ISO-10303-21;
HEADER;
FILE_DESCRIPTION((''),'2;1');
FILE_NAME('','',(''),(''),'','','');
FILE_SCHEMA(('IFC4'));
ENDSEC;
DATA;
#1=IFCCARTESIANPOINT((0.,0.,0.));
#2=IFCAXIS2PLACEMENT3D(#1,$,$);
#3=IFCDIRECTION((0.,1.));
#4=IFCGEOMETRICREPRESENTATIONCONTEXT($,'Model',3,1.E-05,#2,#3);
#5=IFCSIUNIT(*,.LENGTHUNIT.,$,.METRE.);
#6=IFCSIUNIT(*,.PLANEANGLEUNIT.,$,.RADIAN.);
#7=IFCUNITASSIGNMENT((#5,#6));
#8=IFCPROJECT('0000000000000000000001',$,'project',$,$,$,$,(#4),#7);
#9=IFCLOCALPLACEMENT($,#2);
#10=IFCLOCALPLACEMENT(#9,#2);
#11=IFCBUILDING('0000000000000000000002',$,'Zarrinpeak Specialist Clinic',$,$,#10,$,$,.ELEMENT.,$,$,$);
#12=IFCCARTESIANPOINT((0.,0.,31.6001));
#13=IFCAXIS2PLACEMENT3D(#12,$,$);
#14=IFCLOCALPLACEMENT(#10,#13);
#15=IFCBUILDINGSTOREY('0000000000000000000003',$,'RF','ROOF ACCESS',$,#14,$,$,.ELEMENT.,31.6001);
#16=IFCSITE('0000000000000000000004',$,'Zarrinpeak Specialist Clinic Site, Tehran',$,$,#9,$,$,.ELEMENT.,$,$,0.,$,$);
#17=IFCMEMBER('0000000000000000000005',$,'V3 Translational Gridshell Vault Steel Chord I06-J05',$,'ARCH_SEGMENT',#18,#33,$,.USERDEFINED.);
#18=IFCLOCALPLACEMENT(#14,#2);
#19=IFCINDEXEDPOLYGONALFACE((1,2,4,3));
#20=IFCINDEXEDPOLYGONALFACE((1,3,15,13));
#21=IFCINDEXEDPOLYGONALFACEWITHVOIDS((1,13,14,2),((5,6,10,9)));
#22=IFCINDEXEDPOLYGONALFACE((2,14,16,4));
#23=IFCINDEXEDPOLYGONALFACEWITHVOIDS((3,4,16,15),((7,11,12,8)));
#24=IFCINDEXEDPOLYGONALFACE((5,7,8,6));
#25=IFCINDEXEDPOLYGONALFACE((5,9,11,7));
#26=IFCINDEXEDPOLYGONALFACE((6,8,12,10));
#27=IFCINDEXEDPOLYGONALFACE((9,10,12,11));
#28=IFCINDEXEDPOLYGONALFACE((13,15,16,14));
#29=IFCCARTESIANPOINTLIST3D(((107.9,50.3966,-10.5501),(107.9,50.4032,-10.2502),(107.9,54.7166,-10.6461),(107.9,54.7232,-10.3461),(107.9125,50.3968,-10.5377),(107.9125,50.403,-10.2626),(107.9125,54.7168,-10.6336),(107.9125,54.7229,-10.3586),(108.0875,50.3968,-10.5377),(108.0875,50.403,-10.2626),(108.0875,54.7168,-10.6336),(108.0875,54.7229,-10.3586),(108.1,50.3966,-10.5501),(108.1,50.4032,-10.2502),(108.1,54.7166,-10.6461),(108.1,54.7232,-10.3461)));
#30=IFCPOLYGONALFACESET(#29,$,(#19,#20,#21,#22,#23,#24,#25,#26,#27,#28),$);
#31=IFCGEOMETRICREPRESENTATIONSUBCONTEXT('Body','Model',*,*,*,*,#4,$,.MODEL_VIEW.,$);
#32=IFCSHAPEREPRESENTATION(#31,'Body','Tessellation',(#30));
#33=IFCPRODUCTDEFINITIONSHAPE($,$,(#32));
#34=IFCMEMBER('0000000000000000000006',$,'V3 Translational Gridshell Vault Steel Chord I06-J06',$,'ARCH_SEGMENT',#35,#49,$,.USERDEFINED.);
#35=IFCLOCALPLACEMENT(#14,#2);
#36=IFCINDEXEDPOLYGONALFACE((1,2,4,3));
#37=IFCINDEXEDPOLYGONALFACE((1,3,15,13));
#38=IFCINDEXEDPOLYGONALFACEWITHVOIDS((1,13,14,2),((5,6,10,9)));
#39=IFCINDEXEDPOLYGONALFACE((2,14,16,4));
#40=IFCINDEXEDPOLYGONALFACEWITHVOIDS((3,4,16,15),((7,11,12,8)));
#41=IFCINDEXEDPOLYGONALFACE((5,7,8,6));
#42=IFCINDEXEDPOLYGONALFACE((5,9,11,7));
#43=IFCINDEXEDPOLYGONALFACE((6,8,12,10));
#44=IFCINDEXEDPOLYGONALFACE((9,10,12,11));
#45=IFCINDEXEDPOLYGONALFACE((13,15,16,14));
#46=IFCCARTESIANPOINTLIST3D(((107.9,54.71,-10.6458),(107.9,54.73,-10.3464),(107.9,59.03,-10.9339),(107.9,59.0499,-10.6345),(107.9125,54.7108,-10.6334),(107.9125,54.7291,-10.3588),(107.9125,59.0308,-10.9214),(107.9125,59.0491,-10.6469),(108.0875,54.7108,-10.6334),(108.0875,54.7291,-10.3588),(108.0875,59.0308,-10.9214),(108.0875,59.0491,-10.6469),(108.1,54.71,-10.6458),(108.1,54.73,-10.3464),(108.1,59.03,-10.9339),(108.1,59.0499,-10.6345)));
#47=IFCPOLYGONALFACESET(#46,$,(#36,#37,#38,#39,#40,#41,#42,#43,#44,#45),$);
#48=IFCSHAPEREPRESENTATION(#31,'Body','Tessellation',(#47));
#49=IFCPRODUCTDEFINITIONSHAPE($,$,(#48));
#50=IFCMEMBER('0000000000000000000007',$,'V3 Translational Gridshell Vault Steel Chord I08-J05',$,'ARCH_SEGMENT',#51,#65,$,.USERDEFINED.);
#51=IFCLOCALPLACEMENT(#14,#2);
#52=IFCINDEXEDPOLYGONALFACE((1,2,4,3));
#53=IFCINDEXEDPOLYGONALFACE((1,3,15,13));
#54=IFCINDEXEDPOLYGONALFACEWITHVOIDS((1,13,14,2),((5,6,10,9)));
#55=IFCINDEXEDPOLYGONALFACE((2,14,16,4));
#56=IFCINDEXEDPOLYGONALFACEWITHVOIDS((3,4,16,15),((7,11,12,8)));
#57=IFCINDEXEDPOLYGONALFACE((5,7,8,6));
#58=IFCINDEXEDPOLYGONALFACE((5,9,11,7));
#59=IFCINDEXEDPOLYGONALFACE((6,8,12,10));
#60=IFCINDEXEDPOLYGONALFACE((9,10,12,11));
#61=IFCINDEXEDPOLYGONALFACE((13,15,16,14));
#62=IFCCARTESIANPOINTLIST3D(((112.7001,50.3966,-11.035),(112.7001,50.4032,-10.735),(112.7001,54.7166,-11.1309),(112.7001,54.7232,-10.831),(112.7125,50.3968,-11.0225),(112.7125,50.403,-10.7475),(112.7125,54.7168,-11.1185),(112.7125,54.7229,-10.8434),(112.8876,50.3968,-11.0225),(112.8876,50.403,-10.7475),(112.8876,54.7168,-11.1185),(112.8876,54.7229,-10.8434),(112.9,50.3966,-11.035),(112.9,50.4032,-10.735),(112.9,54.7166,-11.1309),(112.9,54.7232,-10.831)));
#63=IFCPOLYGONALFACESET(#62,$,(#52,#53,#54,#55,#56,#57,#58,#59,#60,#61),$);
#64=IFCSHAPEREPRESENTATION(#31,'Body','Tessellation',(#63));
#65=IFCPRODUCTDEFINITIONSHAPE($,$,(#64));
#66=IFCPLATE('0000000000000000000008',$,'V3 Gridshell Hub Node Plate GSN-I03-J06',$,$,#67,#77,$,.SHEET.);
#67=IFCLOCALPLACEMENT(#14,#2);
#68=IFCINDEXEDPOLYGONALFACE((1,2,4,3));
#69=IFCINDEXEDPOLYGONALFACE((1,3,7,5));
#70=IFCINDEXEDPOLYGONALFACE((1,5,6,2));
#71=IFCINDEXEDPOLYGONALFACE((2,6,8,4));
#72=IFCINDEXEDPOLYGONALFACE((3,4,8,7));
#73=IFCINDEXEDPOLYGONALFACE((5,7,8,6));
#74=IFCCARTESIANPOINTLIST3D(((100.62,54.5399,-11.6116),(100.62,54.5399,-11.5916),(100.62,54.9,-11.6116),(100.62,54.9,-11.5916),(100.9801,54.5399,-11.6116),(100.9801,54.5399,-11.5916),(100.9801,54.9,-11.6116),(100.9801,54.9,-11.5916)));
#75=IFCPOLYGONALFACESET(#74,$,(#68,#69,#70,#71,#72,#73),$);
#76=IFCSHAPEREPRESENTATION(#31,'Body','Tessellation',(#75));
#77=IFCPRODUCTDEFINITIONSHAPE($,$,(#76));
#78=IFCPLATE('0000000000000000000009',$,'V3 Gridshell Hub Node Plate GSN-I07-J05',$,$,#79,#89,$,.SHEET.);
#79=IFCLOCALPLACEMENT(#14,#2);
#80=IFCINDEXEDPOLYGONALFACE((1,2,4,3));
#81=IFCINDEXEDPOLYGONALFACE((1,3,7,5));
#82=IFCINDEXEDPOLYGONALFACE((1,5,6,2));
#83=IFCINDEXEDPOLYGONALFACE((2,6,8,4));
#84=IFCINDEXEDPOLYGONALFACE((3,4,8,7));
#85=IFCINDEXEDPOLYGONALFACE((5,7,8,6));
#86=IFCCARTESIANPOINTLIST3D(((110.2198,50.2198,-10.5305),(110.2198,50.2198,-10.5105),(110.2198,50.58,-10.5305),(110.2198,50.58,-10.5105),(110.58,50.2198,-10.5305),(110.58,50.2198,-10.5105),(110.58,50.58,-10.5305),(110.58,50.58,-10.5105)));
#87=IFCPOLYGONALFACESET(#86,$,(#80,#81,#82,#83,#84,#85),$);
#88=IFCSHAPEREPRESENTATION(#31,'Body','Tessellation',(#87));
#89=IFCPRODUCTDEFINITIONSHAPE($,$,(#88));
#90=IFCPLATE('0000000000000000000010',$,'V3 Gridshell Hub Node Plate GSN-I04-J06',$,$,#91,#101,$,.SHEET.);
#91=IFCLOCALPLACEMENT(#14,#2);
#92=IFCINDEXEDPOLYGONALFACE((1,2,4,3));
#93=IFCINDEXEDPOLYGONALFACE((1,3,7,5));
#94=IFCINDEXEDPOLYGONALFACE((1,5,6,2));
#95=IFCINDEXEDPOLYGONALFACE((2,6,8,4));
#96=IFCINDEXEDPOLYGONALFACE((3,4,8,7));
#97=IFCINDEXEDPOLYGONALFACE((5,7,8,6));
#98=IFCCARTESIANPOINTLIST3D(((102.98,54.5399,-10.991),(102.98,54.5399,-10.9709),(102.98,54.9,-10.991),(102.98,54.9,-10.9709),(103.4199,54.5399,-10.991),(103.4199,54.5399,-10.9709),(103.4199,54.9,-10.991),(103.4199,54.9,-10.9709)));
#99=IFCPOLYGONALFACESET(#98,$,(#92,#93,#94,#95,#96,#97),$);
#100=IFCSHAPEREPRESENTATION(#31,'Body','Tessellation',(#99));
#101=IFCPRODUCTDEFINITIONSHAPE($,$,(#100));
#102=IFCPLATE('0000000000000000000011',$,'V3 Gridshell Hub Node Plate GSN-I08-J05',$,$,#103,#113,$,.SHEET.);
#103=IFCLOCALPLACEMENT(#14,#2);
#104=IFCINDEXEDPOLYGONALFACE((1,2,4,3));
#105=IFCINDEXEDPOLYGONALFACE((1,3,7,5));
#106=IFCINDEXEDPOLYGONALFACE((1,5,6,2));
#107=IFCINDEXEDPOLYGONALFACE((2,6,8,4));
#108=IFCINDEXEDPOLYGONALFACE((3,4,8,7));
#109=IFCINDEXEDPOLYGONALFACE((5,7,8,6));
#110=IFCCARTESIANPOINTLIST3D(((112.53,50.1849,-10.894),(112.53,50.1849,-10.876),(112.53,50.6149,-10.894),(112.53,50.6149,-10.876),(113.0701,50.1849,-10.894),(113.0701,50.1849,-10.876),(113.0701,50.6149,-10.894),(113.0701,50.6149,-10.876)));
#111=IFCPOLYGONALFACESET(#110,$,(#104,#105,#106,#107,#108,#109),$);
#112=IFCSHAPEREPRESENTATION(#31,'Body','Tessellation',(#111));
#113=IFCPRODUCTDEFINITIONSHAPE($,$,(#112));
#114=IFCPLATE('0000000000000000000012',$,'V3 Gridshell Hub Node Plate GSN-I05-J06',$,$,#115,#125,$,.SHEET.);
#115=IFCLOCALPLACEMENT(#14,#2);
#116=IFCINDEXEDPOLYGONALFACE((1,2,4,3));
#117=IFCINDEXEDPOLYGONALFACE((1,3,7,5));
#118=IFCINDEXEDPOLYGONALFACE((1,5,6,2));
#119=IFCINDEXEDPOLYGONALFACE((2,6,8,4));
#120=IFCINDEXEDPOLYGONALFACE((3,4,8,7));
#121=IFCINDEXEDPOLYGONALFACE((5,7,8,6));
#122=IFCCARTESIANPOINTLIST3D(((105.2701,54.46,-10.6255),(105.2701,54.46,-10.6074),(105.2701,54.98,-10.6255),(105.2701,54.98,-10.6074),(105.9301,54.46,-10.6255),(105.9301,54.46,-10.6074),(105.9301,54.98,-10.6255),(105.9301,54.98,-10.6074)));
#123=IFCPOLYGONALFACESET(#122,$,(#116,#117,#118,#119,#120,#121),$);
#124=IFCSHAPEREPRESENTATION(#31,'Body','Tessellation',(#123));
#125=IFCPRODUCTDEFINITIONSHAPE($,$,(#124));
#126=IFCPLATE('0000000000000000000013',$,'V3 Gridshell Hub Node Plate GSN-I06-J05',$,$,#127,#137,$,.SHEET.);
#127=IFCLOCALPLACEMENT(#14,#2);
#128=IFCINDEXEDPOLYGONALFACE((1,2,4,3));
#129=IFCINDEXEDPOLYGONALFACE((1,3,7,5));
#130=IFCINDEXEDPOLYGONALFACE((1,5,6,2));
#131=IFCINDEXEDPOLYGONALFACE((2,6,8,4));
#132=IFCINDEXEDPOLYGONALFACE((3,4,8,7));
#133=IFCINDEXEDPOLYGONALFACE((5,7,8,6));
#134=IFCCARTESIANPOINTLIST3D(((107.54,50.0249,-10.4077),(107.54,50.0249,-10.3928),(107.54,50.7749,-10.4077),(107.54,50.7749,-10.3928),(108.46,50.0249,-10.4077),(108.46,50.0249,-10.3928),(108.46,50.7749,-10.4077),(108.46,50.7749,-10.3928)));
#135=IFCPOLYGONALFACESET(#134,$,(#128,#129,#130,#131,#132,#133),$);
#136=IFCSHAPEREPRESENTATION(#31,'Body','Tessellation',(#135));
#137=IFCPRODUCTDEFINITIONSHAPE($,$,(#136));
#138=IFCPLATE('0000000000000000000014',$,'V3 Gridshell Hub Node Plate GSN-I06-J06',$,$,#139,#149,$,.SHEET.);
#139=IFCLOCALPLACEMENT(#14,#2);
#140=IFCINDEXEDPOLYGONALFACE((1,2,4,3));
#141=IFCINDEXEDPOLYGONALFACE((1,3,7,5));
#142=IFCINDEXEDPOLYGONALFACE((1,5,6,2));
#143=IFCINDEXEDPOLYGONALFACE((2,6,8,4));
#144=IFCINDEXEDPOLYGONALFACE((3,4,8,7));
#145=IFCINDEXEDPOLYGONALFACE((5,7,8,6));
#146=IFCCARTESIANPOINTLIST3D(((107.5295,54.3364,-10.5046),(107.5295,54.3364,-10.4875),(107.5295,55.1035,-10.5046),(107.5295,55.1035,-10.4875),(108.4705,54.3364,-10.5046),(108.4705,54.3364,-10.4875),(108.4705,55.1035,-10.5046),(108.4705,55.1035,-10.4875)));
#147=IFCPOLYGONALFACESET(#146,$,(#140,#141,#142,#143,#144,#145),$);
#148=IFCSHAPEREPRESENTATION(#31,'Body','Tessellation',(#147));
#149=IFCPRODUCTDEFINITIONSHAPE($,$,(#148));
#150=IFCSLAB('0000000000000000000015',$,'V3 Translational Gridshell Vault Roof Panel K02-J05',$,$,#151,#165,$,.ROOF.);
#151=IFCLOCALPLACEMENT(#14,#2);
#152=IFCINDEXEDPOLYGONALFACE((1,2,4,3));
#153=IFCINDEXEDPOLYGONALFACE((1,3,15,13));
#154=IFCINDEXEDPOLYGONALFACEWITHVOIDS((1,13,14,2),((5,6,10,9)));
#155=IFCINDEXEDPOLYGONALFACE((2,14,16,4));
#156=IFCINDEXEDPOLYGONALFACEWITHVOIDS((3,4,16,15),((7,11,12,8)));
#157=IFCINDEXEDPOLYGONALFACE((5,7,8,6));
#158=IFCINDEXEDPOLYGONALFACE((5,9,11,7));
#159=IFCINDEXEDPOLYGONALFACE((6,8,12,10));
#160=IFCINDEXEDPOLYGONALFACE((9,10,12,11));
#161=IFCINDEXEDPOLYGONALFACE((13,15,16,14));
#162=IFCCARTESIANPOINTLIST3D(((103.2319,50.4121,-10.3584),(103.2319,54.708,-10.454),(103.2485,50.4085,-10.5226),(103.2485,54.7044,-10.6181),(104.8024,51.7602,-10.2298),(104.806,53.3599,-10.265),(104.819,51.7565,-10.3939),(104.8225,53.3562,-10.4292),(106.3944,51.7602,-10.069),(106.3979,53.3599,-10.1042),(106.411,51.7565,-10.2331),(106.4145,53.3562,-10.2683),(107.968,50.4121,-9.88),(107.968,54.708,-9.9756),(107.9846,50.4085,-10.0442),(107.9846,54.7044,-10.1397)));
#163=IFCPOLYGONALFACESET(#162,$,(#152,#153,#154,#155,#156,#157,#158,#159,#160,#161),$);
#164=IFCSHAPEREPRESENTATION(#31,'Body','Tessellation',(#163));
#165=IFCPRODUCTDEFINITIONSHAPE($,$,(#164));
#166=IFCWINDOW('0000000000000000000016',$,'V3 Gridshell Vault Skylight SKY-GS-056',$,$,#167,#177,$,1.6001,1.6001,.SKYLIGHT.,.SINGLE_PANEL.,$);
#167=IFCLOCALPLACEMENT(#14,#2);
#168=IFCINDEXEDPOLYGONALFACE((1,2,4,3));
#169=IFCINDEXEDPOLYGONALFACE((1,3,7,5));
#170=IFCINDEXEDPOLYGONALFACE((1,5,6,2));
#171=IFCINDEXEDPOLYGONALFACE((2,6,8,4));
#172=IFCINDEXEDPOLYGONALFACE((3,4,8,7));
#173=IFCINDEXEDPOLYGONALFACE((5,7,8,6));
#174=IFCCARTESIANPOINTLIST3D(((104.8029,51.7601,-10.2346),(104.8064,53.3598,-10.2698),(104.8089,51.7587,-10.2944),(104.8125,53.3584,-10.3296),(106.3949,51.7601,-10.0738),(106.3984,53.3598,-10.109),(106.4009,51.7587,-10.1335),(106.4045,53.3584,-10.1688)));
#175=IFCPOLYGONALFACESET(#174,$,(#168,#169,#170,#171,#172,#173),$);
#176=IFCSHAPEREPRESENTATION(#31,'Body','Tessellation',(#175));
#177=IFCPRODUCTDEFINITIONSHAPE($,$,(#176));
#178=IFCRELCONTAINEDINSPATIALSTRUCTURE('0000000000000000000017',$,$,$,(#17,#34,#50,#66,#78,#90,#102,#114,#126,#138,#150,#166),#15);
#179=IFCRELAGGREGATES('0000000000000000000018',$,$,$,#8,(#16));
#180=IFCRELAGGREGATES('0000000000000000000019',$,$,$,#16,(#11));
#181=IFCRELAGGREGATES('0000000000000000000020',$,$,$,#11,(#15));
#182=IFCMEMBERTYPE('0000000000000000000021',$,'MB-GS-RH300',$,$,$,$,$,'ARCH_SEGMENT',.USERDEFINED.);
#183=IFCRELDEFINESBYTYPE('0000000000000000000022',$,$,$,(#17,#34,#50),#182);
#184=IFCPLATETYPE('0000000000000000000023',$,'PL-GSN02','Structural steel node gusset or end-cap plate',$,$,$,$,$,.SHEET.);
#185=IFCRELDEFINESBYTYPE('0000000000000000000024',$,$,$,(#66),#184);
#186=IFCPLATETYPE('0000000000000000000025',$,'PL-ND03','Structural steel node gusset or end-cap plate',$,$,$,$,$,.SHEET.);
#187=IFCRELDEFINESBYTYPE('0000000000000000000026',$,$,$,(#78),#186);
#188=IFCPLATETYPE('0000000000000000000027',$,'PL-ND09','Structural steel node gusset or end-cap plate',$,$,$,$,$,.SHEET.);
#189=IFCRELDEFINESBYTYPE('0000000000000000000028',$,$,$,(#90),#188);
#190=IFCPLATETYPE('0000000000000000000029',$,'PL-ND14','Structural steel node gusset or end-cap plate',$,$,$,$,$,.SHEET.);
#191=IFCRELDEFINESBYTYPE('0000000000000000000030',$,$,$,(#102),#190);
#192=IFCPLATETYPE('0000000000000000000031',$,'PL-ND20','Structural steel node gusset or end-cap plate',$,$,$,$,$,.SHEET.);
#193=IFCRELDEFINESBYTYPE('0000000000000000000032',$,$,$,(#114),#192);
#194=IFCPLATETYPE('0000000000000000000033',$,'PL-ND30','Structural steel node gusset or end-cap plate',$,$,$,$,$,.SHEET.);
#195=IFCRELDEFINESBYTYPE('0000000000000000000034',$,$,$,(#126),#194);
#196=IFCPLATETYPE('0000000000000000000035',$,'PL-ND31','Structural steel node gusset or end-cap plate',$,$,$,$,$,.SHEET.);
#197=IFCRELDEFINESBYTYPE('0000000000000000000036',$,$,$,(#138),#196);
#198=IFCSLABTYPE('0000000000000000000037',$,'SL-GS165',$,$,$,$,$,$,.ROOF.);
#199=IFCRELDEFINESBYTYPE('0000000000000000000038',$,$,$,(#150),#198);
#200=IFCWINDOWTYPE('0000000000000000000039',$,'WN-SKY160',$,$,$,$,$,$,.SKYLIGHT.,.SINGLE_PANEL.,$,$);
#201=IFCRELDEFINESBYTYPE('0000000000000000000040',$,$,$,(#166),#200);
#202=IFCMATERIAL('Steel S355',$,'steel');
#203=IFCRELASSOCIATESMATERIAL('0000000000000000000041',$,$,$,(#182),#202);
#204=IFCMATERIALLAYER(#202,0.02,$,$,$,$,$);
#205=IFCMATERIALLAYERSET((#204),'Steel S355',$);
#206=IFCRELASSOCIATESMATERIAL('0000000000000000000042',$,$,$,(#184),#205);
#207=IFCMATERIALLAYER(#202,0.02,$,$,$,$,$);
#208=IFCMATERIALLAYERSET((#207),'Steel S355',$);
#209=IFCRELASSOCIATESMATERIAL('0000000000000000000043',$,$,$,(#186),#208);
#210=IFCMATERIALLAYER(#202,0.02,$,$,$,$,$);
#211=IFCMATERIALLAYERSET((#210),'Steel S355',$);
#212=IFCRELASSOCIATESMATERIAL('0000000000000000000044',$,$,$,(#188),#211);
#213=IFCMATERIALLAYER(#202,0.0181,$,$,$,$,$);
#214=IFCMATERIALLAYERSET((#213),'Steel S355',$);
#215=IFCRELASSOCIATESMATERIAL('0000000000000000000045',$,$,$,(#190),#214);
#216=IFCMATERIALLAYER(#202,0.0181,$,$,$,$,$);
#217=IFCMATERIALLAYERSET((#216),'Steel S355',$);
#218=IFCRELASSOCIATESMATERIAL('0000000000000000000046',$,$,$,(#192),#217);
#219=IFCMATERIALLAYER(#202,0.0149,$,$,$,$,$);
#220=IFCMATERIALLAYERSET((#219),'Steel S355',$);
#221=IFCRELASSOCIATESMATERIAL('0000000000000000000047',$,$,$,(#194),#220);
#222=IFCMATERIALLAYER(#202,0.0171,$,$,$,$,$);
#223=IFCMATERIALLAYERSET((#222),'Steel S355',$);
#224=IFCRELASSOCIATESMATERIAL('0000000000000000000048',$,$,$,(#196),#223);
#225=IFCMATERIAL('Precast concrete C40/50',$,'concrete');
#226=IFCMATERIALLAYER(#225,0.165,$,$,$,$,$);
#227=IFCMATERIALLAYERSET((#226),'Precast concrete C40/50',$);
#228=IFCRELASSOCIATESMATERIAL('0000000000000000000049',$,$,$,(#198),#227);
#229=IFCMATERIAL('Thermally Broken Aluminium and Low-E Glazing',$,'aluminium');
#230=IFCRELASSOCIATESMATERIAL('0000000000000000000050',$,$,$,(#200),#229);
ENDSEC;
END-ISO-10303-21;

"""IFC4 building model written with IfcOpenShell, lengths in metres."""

from ifc_helpers import new_model, si_unit, direction, frame, origin, origin_2d, place, context, subcontext, project, spatial, polyline, rectangle, hollow_rectangle, outline, extrude, material, layer, layer_set, material_profile, profile_set, type_object, element, fill, save


model = new_model("IFC4")

# Units and contexts
model_context = context("Model", 3, precision=1e-05, world=origin(), true_north=direction((0.0, 1.0)))
body_context = subcontext(model_context, "Body", "Model", "MODEL_VIEW")
ifc_project = project(units=[si_unit("LENGTHUNIT", "METRE"), si_unit("PLANEANGLEUNIT", "RADIAN")], contexts=[model_context])

# Site, building, storey
site_placement = place(None, origin())
site = spatial("IfcSite", under=ifc_project, at=site_placement, Name="Zarrinpeak Specialist Clinic Site, Tehran", CompositionType="ELEMENT", RefElevation=0.0)
building_placement = place(site_placement, origin())
building = spatial("IfcBuilding", under=site, at=building_placement, Name="Zarrinpeak Specialist Clinic", CompositionType="ELEMENT")
storey_placement = place(building_placement, frame((0.0, 0.0, 31.6001)))
storey = spatial("IfcBuildingStorey", under=building, at=storey_placement, Name="RF", Description="ROOF ACCESS", CompositionType="ELEMENT", Elevation=31.6001)

# Members
ifc_material_1 = material(Name="Steel S355", Category="steel")
ifc_material_profile_1 = material_profile(ifc_material_1, hollow_rectangle(XDim=0.2, YDim=0.3, WallThickness=0.0125, at=origin_2d()), Name="RHS 300x200x12.5")
ifc_profile_set_1 = profile_set([ifc_material_profile_1], Name="Steel S355")
member_type_1 = type_object("IfcMemberType", Name="MB-GS-RH300", ElementType="ARCH_SEGMENT", PredefinedType="USERDEFINED", material=ifc_profile_set_1)
member_1_placement = place(storey_placement, frame((108.0, 50.3999, -10.4001), z_axis=(0.0, 0.999753, -0.022204), x_axis=(-1.0, 0.0, 0.0)))
element("IfcMember", 1, at=member_1_placement, inside=storey, type_object=member_type_1, Name="V3 Translational Gridshell Vault Steel Chord I06-J05", ObjectType="ARCH_SEGMENT", PredefinedType="USERDEFINED", context=body_context, shape_type="SweptSolid", body=[
    extrude(hollow_rectangle(XDim=0.2, YDim=0.3, WallThickness=0.0125, at=origin_2d()), origin(), (0.0, 0.0, 1.0), 4.321),
])
member_2_placement = place(storey_placement, frame((108.0, 54.72, -10.4961), z_axis=(0.0, 0.997784, -0.066538), x_axis=(-1.0, 0.0, 0.0)))
element("IfcMember", 2, at=member_2_placement, inside=storey, type_object=member_type_1, Name="V3 Translational Gridshell Vault Steel Chord I06-J06", ObjectType="ARCH_SEGMENT", PredefinedType="USERDEFINED", context=body_context, shape_type="SweptSolid", body=[
    extrude(hollow_rectangle(XDim=0.2, YDim=0.3, WallThickness=0.0125, at=origin_2d()), origin(), (0.0, 0.0, 1.0), 4.3296),
])
member_3_placement = place(storey_placement, frame((112.8, 50.3999, -10.885), z_axis=(0.0, 0.999753, -0.022204), x_axis=(-1.0, 0.0, 0.0)))
element("IfcMember", 3, at=member_3_placement, inside=storey, type_object=member_type_1, Name="V3 Translational Gridshell Vault Steel Chord I08-J05", ObjectType="ARCH_SEGMENT", PredefinedType="USERDEFINED", context=body_context, shape_type="SweptSolid", body=[
    extrude(hollow_rectangle(XDim=0.2, YDim=0.3, WallThickness=0.0125, at=origin_2d()), origin(), (0.0, 0.0, 1.0), 4.321),
])

# Plates
ifc_layer_1 = layer(ifc_material_1, 0.02)
ifc_layer_set_1 = layer_set([ifc_layer_1], Name="Steel S355")
plate_type_1 = type_object("IfcPlateType", Name="PL-GSN02", Description="Structural steel node gusset or end-cap plate", PredefinedType="SHEET", material=ifc_layer_set_1)
plate_1_placement = place(storey_placement, frame((100.8, 54.72, -11.6116), z_axis=(0.0, 0.0, 1.0), x_axis=(1.0, 0.0, 0.0)))
element("IfcPlate", 4, at=plate_1_placement, inside=storey, type_object=plate_type_1, Name="V3 Gridshell Hub Node Plate GSN-I03-J06", PredefinedType="SHEET", context=body_context, shape_type="SweptSolid", body=[
    extrude(rectangle(XDim=0.3601, YDim=0.3601, at=origin_2d()), origin(), (0.0, 0.0, 1.0), 0.02),
])
ifc_layer_2 = layer(ifc_material_1, 0.02)
ifc_layer_set_2 = layer_set([ifc_layer_2], Name="Steel S355")
plate_type_2 = type_object("IfcPlateType", Name="PL-ND03", Description="Structural steel node gusset or end-cap plate", PredefinedType="SHEET", material=ifc_layer_set_2)
plate_2_placement = place(storey_placement, frame((110.3999, 50.3999, -10.5305), z_axis=(0.0, 0.0, 1.0), x_axis=(1.0, 0.0, 0.0)))
element("IfcPlate", 5, at=plate_2_placement, inside=storey, type_object=plate_type_2, Name="V3 Gridshell Hub Node Plate GSN-I07-J05", PredefinedType="SHEET", context=body_context, shape_type="SweptSolid", body=[
    extrude(rectangle(XDim=0.3601, YDim=0.3601, at=origin_2d()), origin(), (0.0, 0.0, 1.0), 0.02),
])
ifc_layer_3 = layer(ifc_material_1, 0.02)
ifc_layer_set_3 = layer_set([ifc_layer_3], Name="Steel S355")
plate_type_3 = type_object("IfcPlateType", Name="PL-ND09", Description="Structural steel node gusset or end-cap plate", PredefinedType="SHEET", material=ifc_layer_set_3)
plate_3_placement = place(storey_placement, frame((103.2, 54.72, -10.991), z_axis=(0.0, 0.0, 1.0), x_axis=(1.0, 0.0, 0.0)))
element("IfcPlate", 6, at=plate_3_placement, inside=storey, type_object=plate_type_3, Name="V3 Gridshell Hub Node Plate GSN-I04-J06", PredefinedType="SHEET", context=body_context, shape_type="SweptSolid", body=[
    extrude(rectangle(XDim=0.4399, YDim=0.3601, at=origin_2d()), origin(), (0.0, 0.0, 1.0), 0.02),
])
ifc_layer_4 = layer(ifc_material_1, 0.0181)
ifc_layer_set_4 = layer_set([ifc_layer_4], Name="Steel S355")
plate_type_4 = type_object("IfcPlateType", Name="PL-ND14", Description="Structural steel node gusset or end-cap plate", PredefinedType="SHEET", material=ifc_layer_set_4)
plate_4_placement = place(storey_placement, frame((112.8, 50.3999, -10.894), z_axis=(0.0, 0.0, 1.0), x_axis=(1.0, 0.0, 0.0)))
element("IfcPlate", 7, at=plate_4_placement, inside=storey, type_object=plate_type_4, Name="V3 Gridshell Hub Node Plate GSN-I08-J05", PredefinedType="SHEET", context=body_context, shape_type="SweptSolid", body=[
    extrude(rectangle(XDim=0.54, YDim=0.4299, at=origin_2d()), origin(), (0.0, 0.0, 1.0), 0.0181),
])
ifc_layer_5 = layer(ifc_material_1, 0.0181)
ifc_layer_set_5 = layer_set([ifc_layer_5], Name="Steel S355")
plate_type_5 = type_object("IfcPlateType", Name="PL-ND20", Description="Structural steel node gusset or end-cap plate", PredefinedType="SHEET", material=ifc_layer_set_5)
plate_5_placement = place(storey_placement, frame((105.6001, 54.72, -10.6255), z_axis=(0.0, 0.0, 1.0), x_axis=(1.0, 0.0, 0.0)))
element("IfcPlate", 8, at=plate_5_placement, inside=storey, type_object=plate_type_5, Name="V3 Gridshell Hub Node Plate GSN-I05-J06", PredefinedType="SHEET", context=body_context, shape_type="SweptSolid", body=[
    extrude(rectangle(XDim=0.6599, YDim=0.52, at=origin_2d()), origin(), (0.0, 0.0, 1.0), 0.0181),
])
ifc_layer_6 = layer(ifc_material_1, 0.0149)
ifc_layer_set_6 = layer_set([ifc_layer_6], Name="Steel S355")
plate_type_6 = type_object("IfcPlateType", Name="PL-ND30", Description="Structural steel node gusset or end-cap plate", PredefinedType="SHEET", material=ifc_layer_set_6)
plate_6_placement = place(storey_placement, frame((108.0, 50.3999, -10.4077), z_axis=(0.0, 0.0, 1.0), x_axis=(1.0, 0.0, 0.0)))
element("IfcPlate", 9, at=plate_6_placement, inside=storey, type_object=plate_type_6, Name="V3 Gridshell Hub Node Plate GSN-I06-J05", PredefinedType="SHEET", context=body_context, shape_type="SweptSolid", body=[
    extrude(rectangle(XDim=0.9199, YDim=0.75, at=origin_2d()), origin(), (0.0, 0.0, 1.0), 0.0149),
])
ifc_layer_7 = layer(ifc_material_1, 0.0171)
ifc_layer_set_7 = layer_set([ifc_layer_7], Name="Steel S355")
plate_type_7 = type_object("IfcPlateType", Name="PL-ND31", Description="Structural steel node gusset or end-cap plate", PredefinedType="SHEET", material=ifc_layer_set_7)
plate_7_placement = place(storey_placement, frame((108.0, 54.72, -10.5046), z_axis=(0.0, 0.0, 1.0), x_axis=(1.0, 0.0, 0.0)))
element("IfcPlate", 10, at=plate_7_placement, inside=storey, type_object=plate_type_7, Name="V3 Gridshell Hub Node Plate GSN-I06-J06", PredefinedType="SHEET", context=body_context, shape_type="SweptSolid", body=[
    extrude(rectangle(XDim=0.9409, YDim=0.7671, at=origin_2d()), origin(), (0.0, 0.0, 1.0), 0.0171),
])

# Slab, opening, window
ifc_material_2 = material(Name="Precast concrete C40/50", Category="concrete")
ifc_layer_8 = layer(ifc_material_2, 0.165)
ifc_layer_set_8 = layer_set([ifc_layer_8], Name="Precast concrete C40/50")
slab_type = type_object("IfcSlabType", Name="SL-GS165", PredefinedType="ROOF", material=ifc_layer_set_8)
slab_1_placement = place(storey_placement, frame((103.2319, 50.4121, -10.3584), z_axis=(-0.100474, 0.022131, 0.994693), x_axis=(0.994937, 0.000001, 0.100499)))
slab_1 = element("IfcSlab", 11, at=slab_1_placement, inside=storey, type_object=slab_type, Name="V3 Translational Gridshell Vault Roof Panel K02-J05", PredefinedType="ROOF", context=body_context, shape_type="SweptSolid", body=[
    extrude(outline(polyline([(0.0, 0.0), (4.7602, 0.0), (4.7506, 4.2969), (-0.0096, 4.297), (0.0, 0.0)])), origin(), (0.0, 0.0, -1.0), 0.165),
])
opening_placement = place(slab_1_placement, frame((2.3755, 2.1484, 0.0)))
opening = element("IfcOpeningElement", 12, at=opening_placement, cuts=slab_1, PredefinedType="OPENING", context=body_context, shape_type="SweptSolid", body=[
    extrude(rectangle(XDim=1.6001, YDim=1.6001, at=origin_2d()), frame((0.0, 0.0, 0.01), z_axis=(0.0, 0.0, 1.0), x_axis=(1.0, 0.0, 0.0)), (0.0, 0.0, -1.0), 0.1851),
])
ifc_material_3 = material(Name="Thermally Broken Aluminium and Low-E Glazing", Category="aluminium")
window_type = type_object("IfcWindowType", Name="WN-SKY160", PartitioningType="SINGLE_PANEL", PredefinedType="SKYLIGHT", material=ifc_material_3)
window_placement = place(opening_placement, frame((0.0, 0.0, -0.0049)))
window = element("IfcWindow", 13, at=window_placement, inside=storey, type_object=window_type, Name="V3 Gridshell Vault Skylight SKY-GS-056", OverallHeight=1.6001, OverallWidth=1.6001, PartitioningType="SINGLE_PANEL", PredefinedType="SKYLIGHT", context=body_context, shape_type="SweptSolid", body=[
    extrude(rectangle(XDim=1.6001, YDim=1.6001, at=origin_2d()), origin(), (0.0, 0.0, -1.0), 0.0601),
])
fill(opening, window)

save(model, "model.ifc")
